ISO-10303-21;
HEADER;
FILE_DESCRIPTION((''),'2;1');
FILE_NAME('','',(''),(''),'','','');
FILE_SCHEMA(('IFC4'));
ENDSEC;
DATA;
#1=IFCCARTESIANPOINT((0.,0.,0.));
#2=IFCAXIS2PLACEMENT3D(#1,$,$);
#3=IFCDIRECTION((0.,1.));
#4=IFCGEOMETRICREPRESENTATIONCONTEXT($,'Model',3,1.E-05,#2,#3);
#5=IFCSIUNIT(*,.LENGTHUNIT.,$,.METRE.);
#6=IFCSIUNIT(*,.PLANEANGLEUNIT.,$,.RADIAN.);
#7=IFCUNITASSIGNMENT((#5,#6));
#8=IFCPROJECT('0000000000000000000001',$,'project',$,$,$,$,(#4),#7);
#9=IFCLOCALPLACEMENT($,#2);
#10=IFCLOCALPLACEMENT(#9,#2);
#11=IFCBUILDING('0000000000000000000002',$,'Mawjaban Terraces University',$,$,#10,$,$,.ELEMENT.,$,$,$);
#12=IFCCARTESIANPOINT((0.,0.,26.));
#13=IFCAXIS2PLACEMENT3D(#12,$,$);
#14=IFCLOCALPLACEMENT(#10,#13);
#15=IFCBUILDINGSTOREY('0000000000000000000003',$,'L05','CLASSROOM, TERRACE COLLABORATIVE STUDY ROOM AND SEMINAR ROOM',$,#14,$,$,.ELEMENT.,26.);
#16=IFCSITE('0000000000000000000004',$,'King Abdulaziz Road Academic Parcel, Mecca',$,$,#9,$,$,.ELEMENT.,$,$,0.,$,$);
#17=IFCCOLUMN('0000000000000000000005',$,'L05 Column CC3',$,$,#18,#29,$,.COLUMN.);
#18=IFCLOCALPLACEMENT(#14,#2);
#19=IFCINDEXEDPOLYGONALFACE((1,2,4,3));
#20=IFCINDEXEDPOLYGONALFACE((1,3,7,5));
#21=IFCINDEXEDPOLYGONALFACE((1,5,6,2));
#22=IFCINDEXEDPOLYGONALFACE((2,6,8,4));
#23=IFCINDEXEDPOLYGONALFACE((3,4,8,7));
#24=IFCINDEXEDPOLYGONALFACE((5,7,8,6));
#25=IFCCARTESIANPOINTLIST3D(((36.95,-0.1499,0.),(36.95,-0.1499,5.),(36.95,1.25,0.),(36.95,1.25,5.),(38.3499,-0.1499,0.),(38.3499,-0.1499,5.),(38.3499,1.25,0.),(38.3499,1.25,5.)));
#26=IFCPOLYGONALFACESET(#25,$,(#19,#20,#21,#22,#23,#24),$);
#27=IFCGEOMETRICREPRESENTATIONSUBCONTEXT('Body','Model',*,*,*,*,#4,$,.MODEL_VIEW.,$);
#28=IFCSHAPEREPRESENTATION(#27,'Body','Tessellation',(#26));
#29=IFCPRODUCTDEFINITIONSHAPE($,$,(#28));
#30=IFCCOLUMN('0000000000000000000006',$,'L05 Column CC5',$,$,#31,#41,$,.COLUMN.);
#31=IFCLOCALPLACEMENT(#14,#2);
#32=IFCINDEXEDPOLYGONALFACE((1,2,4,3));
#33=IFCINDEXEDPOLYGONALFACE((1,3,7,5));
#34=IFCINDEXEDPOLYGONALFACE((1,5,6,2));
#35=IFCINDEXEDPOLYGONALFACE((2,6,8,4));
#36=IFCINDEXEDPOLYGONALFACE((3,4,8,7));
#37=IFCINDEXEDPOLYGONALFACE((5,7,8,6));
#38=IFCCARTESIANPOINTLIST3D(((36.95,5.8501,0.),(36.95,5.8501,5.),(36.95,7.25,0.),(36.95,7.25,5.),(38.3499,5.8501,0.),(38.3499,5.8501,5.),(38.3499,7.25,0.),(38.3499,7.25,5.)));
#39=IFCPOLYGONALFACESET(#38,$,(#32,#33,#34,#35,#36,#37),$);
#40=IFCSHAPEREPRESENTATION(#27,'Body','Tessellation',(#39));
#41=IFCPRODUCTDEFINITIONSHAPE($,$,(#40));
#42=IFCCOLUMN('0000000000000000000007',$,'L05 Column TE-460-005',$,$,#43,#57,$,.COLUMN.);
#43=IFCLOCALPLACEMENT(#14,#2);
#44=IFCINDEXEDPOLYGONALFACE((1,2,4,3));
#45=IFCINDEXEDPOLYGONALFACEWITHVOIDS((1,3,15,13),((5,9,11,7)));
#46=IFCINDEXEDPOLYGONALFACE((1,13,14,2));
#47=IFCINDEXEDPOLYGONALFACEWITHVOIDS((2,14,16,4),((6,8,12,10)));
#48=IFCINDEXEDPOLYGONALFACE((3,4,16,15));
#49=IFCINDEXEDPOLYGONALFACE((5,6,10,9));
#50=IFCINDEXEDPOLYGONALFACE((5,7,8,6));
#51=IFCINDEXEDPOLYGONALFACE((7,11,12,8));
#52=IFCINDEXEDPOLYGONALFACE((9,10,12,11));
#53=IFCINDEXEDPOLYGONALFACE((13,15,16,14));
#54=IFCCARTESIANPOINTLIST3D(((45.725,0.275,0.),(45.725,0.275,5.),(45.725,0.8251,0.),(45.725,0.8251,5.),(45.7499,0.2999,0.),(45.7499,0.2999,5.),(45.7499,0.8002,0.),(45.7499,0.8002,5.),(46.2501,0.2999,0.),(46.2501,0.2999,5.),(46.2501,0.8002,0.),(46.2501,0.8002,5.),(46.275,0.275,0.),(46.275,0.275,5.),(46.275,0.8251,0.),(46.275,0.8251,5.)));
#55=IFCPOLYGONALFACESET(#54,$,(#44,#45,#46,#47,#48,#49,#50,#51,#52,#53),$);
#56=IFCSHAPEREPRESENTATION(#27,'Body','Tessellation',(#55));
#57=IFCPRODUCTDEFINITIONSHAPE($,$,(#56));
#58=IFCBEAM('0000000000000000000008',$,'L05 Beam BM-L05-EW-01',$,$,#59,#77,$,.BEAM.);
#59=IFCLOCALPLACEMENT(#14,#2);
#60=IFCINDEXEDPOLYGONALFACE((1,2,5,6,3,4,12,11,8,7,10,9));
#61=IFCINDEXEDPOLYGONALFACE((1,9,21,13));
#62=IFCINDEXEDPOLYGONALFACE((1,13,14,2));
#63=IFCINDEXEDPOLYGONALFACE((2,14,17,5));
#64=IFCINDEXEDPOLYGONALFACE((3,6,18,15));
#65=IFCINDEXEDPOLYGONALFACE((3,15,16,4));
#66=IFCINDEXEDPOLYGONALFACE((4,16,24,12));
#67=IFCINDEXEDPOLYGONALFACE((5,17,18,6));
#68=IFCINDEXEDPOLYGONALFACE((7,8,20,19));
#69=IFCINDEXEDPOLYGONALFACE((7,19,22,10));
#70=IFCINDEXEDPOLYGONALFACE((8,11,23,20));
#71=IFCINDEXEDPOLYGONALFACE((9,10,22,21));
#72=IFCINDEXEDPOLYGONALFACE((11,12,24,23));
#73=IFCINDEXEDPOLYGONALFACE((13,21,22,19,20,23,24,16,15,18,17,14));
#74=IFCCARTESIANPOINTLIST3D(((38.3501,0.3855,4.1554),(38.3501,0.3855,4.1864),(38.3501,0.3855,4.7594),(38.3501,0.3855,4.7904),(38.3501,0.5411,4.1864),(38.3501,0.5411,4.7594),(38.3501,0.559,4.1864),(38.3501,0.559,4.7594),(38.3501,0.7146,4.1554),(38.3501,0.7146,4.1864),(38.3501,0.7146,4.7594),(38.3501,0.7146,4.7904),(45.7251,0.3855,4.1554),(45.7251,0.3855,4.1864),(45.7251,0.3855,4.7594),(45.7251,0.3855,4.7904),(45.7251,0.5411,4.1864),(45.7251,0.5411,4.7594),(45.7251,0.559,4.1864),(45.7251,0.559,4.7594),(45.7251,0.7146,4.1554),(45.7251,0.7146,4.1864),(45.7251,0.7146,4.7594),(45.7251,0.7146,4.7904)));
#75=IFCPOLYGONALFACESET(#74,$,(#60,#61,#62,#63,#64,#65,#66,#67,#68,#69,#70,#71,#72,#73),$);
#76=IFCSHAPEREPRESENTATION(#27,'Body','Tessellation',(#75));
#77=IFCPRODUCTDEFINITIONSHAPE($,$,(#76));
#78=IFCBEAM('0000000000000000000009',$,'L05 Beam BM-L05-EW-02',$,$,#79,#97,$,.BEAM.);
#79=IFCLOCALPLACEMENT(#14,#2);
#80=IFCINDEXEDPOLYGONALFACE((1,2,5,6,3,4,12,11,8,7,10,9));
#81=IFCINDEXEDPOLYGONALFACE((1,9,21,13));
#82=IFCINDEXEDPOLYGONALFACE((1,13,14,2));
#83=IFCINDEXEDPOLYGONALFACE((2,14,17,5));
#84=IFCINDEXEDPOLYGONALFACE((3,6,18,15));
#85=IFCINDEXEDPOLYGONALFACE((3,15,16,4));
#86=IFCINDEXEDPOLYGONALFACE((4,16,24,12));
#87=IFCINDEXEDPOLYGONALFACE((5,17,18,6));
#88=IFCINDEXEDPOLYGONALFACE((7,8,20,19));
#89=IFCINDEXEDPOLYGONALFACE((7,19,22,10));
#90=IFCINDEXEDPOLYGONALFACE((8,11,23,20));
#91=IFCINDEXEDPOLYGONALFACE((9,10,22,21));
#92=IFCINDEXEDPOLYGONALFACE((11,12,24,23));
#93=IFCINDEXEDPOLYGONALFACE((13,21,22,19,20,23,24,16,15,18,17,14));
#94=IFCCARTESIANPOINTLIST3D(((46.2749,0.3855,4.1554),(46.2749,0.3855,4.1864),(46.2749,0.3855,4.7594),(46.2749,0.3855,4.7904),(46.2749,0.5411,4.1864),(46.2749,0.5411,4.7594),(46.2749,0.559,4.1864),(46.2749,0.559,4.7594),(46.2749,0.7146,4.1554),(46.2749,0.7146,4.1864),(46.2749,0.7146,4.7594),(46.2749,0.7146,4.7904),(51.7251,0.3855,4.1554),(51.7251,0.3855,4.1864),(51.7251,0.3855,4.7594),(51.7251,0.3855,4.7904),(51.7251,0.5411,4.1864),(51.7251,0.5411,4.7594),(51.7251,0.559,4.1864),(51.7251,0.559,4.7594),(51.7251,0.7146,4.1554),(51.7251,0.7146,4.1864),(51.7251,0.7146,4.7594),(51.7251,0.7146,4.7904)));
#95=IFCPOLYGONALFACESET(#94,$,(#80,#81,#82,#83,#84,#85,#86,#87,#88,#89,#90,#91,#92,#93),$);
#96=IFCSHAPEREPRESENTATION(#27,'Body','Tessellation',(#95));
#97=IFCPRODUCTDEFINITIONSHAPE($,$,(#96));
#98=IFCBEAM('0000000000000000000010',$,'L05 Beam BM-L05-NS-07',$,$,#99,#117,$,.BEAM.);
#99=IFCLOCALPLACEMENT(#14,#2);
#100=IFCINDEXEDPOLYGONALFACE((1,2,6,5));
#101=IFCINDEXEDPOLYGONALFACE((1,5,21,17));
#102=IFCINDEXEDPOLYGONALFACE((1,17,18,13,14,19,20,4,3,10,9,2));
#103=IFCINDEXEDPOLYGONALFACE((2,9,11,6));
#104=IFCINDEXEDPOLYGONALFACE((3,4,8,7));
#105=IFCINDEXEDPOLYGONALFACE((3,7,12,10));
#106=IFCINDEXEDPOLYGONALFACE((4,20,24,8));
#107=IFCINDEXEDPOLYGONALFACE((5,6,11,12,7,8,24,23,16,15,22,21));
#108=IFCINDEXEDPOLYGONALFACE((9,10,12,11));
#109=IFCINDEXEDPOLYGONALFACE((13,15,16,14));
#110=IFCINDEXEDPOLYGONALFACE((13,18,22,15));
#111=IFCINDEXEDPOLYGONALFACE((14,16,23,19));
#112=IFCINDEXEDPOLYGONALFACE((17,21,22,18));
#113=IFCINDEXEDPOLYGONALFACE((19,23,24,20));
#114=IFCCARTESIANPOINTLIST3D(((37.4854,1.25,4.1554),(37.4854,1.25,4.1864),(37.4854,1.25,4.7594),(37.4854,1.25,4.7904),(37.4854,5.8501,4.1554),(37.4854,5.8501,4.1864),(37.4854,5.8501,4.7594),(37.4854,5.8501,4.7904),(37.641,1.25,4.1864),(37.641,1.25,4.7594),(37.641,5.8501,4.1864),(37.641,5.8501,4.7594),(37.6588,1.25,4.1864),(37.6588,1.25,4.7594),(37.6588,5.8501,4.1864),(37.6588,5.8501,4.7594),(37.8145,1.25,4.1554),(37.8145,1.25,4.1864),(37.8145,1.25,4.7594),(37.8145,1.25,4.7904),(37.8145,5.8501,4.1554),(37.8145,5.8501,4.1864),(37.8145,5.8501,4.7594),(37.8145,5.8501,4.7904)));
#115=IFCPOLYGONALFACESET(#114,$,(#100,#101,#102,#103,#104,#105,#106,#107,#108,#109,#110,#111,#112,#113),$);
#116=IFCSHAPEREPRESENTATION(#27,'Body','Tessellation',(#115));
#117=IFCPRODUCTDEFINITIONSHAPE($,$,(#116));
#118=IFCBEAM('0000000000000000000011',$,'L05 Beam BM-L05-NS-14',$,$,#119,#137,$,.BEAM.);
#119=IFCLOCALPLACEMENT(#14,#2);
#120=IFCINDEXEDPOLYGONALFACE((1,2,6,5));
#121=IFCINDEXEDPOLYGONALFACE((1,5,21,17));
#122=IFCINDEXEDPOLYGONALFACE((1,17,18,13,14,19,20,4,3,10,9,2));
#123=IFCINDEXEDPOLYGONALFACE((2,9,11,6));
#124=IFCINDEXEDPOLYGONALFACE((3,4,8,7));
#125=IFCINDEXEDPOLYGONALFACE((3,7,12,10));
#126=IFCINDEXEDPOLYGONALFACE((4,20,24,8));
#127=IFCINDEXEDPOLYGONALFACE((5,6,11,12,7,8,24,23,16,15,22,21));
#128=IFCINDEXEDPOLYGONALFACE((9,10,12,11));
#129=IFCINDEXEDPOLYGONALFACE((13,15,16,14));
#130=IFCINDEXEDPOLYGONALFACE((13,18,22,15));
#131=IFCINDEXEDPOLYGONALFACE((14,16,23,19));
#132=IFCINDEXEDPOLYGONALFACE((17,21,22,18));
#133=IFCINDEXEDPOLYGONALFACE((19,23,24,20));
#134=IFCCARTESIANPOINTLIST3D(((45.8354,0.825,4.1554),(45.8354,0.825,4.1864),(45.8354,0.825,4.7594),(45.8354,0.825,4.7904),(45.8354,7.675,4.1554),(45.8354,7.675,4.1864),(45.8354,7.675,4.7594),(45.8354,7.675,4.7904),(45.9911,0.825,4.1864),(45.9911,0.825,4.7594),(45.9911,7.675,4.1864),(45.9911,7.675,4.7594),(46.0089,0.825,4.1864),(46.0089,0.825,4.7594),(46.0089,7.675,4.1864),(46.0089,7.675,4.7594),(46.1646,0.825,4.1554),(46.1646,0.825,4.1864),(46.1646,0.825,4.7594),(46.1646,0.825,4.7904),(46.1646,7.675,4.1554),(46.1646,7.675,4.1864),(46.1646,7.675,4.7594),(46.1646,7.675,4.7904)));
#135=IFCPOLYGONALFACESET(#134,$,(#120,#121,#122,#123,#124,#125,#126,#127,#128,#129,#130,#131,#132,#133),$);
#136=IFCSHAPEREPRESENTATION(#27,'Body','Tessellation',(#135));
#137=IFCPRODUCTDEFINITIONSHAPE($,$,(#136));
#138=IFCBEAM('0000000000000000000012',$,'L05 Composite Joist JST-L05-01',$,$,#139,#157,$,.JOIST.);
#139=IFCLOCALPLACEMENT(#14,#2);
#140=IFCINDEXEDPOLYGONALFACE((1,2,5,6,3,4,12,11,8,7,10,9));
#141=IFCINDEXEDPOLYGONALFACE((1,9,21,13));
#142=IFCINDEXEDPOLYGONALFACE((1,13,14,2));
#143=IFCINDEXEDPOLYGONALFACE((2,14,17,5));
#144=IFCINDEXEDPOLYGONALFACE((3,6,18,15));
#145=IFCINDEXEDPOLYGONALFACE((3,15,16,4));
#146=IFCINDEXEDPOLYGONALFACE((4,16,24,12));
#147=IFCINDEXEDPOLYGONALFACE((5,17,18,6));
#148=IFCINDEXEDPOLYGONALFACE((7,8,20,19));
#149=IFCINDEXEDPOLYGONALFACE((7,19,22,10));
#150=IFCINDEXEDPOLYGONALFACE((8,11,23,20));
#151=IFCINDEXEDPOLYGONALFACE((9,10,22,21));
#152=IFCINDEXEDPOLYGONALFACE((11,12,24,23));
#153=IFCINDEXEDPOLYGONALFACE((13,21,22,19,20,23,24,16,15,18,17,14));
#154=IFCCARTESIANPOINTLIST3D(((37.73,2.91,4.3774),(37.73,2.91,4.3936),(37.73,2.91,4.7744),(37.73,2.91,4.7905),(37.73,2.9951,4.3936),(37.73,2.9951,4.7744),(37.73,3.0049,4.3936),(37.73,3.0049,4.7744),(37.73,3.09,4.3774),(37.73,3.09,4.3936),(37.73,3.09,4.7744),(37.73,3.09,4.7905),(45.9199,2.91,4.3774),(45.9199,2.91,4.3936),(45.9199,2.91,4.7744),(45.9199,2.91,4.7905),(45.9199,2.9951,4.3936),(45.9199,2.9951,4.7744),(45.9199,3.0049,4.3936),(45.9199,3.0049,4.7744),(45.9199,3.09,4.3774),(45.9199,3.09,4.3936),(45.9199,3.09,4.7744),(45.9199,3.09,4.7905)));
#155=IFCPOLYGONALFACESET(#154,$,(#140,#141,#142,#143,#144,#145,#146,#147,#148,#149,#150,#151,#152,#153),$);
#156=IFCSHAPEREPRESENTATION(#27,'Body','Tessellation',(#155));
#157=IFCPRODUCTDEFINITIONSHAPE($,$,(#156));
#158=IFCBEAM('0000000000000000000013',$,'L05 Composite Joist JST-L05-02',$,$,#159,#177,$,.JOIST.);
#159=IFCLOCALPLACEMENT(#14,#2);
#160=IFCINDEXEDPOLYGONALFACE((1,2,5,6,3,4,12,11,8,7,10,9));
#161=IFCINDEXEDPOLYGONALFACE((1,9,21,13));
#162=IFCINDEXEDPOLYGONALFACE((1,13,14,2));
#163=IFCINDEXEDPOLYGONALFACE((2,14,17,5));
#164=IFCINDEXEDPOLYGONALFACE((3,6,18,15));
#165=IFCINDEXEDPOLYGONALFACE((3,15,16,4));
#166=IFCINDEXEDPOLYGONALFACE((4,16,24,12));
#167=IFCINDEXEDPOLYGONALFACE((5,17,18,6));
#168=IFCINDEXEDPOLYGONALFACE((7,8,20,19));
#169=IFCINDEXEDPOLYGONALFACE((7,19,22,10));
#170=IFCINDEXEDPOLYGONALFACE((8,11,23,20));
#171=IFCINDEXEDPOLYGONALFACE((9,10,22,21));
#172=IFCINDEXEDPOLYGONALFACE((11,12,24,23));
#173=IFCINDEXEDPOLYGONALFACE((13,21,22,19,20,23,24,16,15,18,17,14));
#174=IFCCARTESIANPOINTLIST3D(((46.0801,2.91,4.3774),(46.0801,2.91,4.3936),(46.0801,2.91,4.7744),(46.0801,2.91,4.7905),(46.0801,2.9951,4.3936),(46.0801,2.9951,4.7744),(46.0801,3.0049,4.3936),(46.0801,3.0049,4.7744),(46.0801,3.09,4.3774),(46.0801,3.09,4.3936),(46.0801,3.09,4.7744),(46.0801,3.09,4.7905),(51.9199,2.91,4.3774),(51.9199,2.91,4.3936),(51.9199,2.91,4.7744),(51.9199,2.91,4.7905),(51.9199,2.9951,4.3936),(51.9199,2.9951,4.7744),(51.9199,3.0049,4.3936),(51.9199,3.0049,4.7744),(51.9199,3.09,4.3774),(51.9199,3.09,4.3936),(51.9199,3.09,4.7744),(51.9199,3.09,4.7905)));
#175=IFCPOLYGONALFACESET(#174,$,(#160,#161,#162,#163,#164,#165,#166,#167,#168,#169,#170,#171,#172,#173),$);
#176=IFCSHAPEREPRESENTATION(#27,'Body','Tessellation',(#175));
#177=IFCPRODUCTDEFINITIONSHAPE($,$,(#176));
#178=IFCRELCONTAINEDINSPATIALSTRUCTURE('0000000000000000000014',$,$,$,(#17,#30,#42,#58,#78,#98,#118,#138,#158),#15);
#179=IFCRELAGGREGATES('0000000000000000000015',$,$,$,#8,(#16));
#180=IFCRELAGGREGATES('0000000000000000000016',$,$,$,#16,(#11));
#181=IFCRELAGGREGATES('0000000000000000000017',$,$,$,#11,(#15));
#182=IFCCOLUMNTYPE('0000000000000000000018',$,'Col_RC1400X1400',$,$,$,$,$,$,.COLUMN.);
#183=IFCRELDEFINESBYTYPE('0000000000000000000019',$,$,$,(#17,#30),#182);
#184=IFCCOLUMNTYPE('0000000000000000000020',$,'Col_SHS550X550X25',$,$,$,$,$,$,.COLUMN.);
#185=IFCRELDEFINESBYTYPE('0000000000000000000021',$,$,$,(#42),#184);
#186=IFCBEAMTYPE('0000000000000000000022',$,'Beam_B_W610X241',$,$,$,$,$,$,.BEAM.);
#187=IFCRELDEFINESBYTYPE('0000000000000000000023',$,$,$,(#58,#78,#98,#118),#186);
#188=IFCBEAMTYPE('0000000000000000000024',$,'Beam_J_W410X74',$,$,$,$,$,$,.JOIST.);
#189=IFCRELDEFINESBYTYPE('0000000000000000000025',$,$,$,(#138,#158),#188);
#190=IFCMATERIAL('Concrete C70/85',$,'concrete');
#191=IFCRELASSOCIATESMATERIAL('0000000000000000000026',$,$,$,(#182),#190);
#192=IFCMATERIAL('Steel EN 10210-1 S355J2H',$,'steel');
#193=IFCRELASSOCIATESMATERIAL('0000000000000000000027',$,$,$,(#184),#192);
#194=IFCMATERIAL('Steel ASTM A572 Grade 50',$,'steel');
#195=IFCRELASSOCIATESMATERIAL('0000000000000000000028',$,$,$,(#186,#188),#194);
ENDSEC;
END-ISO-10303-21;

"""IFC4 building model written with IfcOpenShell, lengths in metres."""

from ifc_helpers import new_model, si_unit, direction, frame, origin, origin_2d, place, context, subcontext, project, spatial, rectangle, hollow_rectangle, i_section, extrude, material, material_profile, profile_set, type_object, element, save


model = new_model("IFC4")

# Units and contexts
model_context = context("Model", 3, precision=1e-05, world=origin(), true_north=direction((0.0, 1.0)))
body_context = subcontext(model_context, "Body", "Model", "MODEL_VIEW")
ifc_project = project(units=[si_unit("LENGTHUNIT", "METRE"), si_unit("PLANEANGLEUNIT", "RADIAN")], contexts=[model_context])

# Site, building, storey
site_placement = place(None, origin())
site = spatial("IfcSite", under=ifc_project, at=site_placement, Name="King Abdulaziz Road Academic Parcel, Mecca", CompositionType="ELEMENT", RefElevation=0.0)
building_placement = place(site_placement, origin())
building = spatial("IfcBuilding", under=site, at=building_placement, Name="Mawjaban Terraces University", CompositionType="ELEMENT")
storey_placement = place(building_placement, frame((0.0, 0.0, 26.0)))
storey = spatial("IfcBuildingStorey", under=building, at=storey_placement, Name="L05", Description="CLASSROOM, TERRACE COLLABORATIVE STUDY ROOM AND SEMINAR ROOM", CompositionType="ELEMENT", Elevation=26.0)

# Columns
ifc_material_1 = material(Name="Concrete C70/85", Category="concrete")
ifc_material_profile_1 = material_profile(ifc_material_1, rectangle(XDim=1.3999, YDim=1.3999, at=origin_2d()), Name="RC1400X1400")
ifc_profile_set_1 = profile_set([ifc_material_profile_1], Name="Concrete C70/85")
column_type_1 = type_object("IfcColumnType", Name="Col_RC1400X1400", PredefinedType="COLUMN", material=ifc_profile_set_1)
for number, where, z_axis, x_axis, name in (
    (1, (37.6499, 0.55, 0.0), (0.0, 0.0, 1.0), (1.0, 0.0, 0.0), "L05 Column CC3"),
    (2, (37.6499, 6.55, 0.0), (0.0, 0.0, 1.0), (1.0, 0.0, 0.0), "L05 Column CC5"),
):
    element("IfcColumn", number, at=place(storey_placement, frame(where, z_axis=z_axis, x_axis=x_axis)), inside=storey, type_object=column_type_1, Name=name, PredefinedType="COLUMN", context=body_context, shape_type="SweptSolid", body=[
        extrude(rectangle(XDim=1.3999, YDim=1.3999, at=origin_2d()), origin(), (0.0, 0.0, 1.0), 5.0),
    ])
ifc_material_2 = material(Name="Steel EN 10210-1 S355J2H", Category="steel")
ifc_material_profile_2 = material_profile(ifc_material_2, hollow_rectangle(XDim=0.55, YDim=0.55, WallThickness=0.0249, at=origin_2d()), Name="SHS550X550X25")
ifc_profile_set_2 = profile_set([ifc_material_profile_2], Name="Steel EN 10210-1 S355J2H")
column_type_2 = type_object("IfcColumnType", Name="Col_SHS550X550X25", PredefinedType="COLUMN", material=ifc_profile_set_2)
column_placement = place(storey_placement, frame((46.0, 0.55, 0.0), z_axis=(0.0, 0.0, 1.0), x_axis=(1.0, 0.0, 0.0)))
element("IfcColumn", 3, at=column_placement, inside=storey, type_object=column_type_2, Name="L05 Column TE-460-005", PredefinedType="COLUMN", context=body_context, shape_type="SweptSolid", body=[
    extrude(hollow_rectangle(XDim=0.55, YDim=0.55, WallThickness=0.0249, at=origin_2d()), origin(), (0.0, 0.0, 1.0), 5.0),
])

# Beams
ifc_material_3 = material(Name="Steel ASTM A572 Grade 50", Category="steel")
ifc_material_profile_3 = material_profile(ifc_material_3, i_section(OverallWidth=0.3291, OverallDepth=0.635, WebThickness=0.0178, FlangeThickness=0.031, at=origin_2d()), Name="W610X241")
ifc_profile_set_3 = profile_set([ifc_material_profile_3], Name="Steel ASTM A572 Grade 50")
beam_type_1 = type_object("IfcBeamType", Name="Beam_B_W610X241", PredefinedType="BEAM", material=ifc_profile_set_3)
beam_1_placement = place(storey_placement, frame((38.3501, 0.55, 4.4729), z_axis=(1.0, 0.0, 0.0), x_axis=(0.0, 1.0, 0.0)))
element("IfcBeam", 4, at=beam_1_placement, inside=storey, type_object=beam_type_1, Name="L05 Beam BM-L05-EW-01", PredefinedType="BEAM", context=body_context, shape_type="SweptSolid", body=[
    extrude(i_section(OverallWidth=0.3291, OverallDepth=0.635, WebThickness=0.0178, FlangeThickness=0.031, at=origin_2d()), origin(), (0.0, 0.0, 1.0), 7.375),
])
beam_2_placement = place(storey_placement, frame((46.2749, 0.55, 4.4729), z_axis=(1.0, 0.0, 0.0), x_axis=(0.0, 1.0, 0.0)))
element("IfcBeam", 5, at=beam_2_placement, inside=storey, type_object=beam_type_1, Name="L05 Beam BM-L05-EW-02", PredefinedType="BEAM", context=body_context, shape_type="SweptSolid", body=[
    extrude(i_section(OverallWidth=0.3291, OverallDepth=0.635, WebThickness=0.0178, FlangeThickness=0.031, at=origin_2d()), origin(), (0.0, 0.0, 1.0), 5.4502),
])
beam_3_placement = place(storey_placement, frame((37.6499, 1.25, 4.4729), z_axis=(0.0, 1.0, 0.0), x_axis=(-1.0, 0.0, 0.0)))
element("IfcBeam", 6, at=beam_3_placement, inside=storey, type_object=beam_type_1, Name="L05 Beam BM-L05-NS-07", PredefinedType="BEAM", context=body_context, shape_type="SweptSolid", body=[
    extrude(i_section(OverallWidth=0.3291, OverallDepth=0.635, WebThickness=0.0178, FlangeThickness=0.031, at=origin_2d()), origin(), (0.0, 0.0, 1.0), 4.6001),
])
beam_4_placement = place(storey_placement, frame((46.0, 0.825, 4.4729), z_axis=(0.0, 1.0, 0.0), x_axis=(-1.0, 0.0, 0.0)))
element("IfcBeam", 7, at=beam_4_placement, inside=storey, type_object=beam_type_1, Name="L05 Beam BM-L05-NS-14", PredefinedType="BEAM", context=body_context, shape_type="SweptSolid", body=[
    extrude(i_section(OverallWidth=0.3291, OverallDepth=0.635, WebThickness=0.0178, FlangeThickness=0.031, at=origin_2d()), origin(), (0.0, 0.0, 1.0), 6.8501),
])
ifc_material_profile_4 = material_profile(ifc_material_3, i_section(OverallWidth=0.1799, OverallDepth=0.4131, WebThickness=0.0098, FlangeThickness=0.0161, at=origin_2d()), Name="W410X74")
ifc_profile_set_4 = profile_set([ifc_material_profile_4], Name="Steel ASTM A572 Grade 50")
beam_type_2 = type_object("IfcBeamType", Name="Beam_J_W410X74", PredefinedType="JOIST", material=ifc_profile_set_4)
beam_5_placement = place(storey_placement, frame((37.73, 3.0, 4.584), z_axis=(1.0, 0.0, 0.0), x_axis=(0.0, 1.0, 0.0)))
element("IfcBeam", 8, at=beam_5_placement, inside=storey, type_object=beam_type_2, Name="L05 Composite Joist JST-L05-01", PredefinedType="JOIST", context=body_context, shape_type="SweptSolid", body=[
    extrude(i_section(OverallWidth=0.1799, OverallDepth=0.4131, WebThickness=0.0098, FlangeThickness=0.0161, at=origin_2d()), origin(), (0.0, 0.0, 1.0), 8.1899),
])
beam_6_placement = place(storey_placement, frame((46.0801, 3.0, 4.584), z_axis=(1.0, 0.0, 0.0), x_axis=(0.0, 1.0, 0.0)))
element("IfcBeam", 9, at=beam_6_placement, inside=storey, type_object=beam_type_2, Name="L05 Composite Joist JST-L05-02", PredefinedType="JOIST", context=body_context, shape_type="SweptSolid", body=[
    extrude(i_section(OverallWidth=0.1799, OverallDepth=0.4131, WebThickness=0.0098, FlangeThickness=0.0161, at=origin_2d()), origin(), (0.0, 0.0, 1.0), 5.8398),
])

save(model, "model.ifc")
